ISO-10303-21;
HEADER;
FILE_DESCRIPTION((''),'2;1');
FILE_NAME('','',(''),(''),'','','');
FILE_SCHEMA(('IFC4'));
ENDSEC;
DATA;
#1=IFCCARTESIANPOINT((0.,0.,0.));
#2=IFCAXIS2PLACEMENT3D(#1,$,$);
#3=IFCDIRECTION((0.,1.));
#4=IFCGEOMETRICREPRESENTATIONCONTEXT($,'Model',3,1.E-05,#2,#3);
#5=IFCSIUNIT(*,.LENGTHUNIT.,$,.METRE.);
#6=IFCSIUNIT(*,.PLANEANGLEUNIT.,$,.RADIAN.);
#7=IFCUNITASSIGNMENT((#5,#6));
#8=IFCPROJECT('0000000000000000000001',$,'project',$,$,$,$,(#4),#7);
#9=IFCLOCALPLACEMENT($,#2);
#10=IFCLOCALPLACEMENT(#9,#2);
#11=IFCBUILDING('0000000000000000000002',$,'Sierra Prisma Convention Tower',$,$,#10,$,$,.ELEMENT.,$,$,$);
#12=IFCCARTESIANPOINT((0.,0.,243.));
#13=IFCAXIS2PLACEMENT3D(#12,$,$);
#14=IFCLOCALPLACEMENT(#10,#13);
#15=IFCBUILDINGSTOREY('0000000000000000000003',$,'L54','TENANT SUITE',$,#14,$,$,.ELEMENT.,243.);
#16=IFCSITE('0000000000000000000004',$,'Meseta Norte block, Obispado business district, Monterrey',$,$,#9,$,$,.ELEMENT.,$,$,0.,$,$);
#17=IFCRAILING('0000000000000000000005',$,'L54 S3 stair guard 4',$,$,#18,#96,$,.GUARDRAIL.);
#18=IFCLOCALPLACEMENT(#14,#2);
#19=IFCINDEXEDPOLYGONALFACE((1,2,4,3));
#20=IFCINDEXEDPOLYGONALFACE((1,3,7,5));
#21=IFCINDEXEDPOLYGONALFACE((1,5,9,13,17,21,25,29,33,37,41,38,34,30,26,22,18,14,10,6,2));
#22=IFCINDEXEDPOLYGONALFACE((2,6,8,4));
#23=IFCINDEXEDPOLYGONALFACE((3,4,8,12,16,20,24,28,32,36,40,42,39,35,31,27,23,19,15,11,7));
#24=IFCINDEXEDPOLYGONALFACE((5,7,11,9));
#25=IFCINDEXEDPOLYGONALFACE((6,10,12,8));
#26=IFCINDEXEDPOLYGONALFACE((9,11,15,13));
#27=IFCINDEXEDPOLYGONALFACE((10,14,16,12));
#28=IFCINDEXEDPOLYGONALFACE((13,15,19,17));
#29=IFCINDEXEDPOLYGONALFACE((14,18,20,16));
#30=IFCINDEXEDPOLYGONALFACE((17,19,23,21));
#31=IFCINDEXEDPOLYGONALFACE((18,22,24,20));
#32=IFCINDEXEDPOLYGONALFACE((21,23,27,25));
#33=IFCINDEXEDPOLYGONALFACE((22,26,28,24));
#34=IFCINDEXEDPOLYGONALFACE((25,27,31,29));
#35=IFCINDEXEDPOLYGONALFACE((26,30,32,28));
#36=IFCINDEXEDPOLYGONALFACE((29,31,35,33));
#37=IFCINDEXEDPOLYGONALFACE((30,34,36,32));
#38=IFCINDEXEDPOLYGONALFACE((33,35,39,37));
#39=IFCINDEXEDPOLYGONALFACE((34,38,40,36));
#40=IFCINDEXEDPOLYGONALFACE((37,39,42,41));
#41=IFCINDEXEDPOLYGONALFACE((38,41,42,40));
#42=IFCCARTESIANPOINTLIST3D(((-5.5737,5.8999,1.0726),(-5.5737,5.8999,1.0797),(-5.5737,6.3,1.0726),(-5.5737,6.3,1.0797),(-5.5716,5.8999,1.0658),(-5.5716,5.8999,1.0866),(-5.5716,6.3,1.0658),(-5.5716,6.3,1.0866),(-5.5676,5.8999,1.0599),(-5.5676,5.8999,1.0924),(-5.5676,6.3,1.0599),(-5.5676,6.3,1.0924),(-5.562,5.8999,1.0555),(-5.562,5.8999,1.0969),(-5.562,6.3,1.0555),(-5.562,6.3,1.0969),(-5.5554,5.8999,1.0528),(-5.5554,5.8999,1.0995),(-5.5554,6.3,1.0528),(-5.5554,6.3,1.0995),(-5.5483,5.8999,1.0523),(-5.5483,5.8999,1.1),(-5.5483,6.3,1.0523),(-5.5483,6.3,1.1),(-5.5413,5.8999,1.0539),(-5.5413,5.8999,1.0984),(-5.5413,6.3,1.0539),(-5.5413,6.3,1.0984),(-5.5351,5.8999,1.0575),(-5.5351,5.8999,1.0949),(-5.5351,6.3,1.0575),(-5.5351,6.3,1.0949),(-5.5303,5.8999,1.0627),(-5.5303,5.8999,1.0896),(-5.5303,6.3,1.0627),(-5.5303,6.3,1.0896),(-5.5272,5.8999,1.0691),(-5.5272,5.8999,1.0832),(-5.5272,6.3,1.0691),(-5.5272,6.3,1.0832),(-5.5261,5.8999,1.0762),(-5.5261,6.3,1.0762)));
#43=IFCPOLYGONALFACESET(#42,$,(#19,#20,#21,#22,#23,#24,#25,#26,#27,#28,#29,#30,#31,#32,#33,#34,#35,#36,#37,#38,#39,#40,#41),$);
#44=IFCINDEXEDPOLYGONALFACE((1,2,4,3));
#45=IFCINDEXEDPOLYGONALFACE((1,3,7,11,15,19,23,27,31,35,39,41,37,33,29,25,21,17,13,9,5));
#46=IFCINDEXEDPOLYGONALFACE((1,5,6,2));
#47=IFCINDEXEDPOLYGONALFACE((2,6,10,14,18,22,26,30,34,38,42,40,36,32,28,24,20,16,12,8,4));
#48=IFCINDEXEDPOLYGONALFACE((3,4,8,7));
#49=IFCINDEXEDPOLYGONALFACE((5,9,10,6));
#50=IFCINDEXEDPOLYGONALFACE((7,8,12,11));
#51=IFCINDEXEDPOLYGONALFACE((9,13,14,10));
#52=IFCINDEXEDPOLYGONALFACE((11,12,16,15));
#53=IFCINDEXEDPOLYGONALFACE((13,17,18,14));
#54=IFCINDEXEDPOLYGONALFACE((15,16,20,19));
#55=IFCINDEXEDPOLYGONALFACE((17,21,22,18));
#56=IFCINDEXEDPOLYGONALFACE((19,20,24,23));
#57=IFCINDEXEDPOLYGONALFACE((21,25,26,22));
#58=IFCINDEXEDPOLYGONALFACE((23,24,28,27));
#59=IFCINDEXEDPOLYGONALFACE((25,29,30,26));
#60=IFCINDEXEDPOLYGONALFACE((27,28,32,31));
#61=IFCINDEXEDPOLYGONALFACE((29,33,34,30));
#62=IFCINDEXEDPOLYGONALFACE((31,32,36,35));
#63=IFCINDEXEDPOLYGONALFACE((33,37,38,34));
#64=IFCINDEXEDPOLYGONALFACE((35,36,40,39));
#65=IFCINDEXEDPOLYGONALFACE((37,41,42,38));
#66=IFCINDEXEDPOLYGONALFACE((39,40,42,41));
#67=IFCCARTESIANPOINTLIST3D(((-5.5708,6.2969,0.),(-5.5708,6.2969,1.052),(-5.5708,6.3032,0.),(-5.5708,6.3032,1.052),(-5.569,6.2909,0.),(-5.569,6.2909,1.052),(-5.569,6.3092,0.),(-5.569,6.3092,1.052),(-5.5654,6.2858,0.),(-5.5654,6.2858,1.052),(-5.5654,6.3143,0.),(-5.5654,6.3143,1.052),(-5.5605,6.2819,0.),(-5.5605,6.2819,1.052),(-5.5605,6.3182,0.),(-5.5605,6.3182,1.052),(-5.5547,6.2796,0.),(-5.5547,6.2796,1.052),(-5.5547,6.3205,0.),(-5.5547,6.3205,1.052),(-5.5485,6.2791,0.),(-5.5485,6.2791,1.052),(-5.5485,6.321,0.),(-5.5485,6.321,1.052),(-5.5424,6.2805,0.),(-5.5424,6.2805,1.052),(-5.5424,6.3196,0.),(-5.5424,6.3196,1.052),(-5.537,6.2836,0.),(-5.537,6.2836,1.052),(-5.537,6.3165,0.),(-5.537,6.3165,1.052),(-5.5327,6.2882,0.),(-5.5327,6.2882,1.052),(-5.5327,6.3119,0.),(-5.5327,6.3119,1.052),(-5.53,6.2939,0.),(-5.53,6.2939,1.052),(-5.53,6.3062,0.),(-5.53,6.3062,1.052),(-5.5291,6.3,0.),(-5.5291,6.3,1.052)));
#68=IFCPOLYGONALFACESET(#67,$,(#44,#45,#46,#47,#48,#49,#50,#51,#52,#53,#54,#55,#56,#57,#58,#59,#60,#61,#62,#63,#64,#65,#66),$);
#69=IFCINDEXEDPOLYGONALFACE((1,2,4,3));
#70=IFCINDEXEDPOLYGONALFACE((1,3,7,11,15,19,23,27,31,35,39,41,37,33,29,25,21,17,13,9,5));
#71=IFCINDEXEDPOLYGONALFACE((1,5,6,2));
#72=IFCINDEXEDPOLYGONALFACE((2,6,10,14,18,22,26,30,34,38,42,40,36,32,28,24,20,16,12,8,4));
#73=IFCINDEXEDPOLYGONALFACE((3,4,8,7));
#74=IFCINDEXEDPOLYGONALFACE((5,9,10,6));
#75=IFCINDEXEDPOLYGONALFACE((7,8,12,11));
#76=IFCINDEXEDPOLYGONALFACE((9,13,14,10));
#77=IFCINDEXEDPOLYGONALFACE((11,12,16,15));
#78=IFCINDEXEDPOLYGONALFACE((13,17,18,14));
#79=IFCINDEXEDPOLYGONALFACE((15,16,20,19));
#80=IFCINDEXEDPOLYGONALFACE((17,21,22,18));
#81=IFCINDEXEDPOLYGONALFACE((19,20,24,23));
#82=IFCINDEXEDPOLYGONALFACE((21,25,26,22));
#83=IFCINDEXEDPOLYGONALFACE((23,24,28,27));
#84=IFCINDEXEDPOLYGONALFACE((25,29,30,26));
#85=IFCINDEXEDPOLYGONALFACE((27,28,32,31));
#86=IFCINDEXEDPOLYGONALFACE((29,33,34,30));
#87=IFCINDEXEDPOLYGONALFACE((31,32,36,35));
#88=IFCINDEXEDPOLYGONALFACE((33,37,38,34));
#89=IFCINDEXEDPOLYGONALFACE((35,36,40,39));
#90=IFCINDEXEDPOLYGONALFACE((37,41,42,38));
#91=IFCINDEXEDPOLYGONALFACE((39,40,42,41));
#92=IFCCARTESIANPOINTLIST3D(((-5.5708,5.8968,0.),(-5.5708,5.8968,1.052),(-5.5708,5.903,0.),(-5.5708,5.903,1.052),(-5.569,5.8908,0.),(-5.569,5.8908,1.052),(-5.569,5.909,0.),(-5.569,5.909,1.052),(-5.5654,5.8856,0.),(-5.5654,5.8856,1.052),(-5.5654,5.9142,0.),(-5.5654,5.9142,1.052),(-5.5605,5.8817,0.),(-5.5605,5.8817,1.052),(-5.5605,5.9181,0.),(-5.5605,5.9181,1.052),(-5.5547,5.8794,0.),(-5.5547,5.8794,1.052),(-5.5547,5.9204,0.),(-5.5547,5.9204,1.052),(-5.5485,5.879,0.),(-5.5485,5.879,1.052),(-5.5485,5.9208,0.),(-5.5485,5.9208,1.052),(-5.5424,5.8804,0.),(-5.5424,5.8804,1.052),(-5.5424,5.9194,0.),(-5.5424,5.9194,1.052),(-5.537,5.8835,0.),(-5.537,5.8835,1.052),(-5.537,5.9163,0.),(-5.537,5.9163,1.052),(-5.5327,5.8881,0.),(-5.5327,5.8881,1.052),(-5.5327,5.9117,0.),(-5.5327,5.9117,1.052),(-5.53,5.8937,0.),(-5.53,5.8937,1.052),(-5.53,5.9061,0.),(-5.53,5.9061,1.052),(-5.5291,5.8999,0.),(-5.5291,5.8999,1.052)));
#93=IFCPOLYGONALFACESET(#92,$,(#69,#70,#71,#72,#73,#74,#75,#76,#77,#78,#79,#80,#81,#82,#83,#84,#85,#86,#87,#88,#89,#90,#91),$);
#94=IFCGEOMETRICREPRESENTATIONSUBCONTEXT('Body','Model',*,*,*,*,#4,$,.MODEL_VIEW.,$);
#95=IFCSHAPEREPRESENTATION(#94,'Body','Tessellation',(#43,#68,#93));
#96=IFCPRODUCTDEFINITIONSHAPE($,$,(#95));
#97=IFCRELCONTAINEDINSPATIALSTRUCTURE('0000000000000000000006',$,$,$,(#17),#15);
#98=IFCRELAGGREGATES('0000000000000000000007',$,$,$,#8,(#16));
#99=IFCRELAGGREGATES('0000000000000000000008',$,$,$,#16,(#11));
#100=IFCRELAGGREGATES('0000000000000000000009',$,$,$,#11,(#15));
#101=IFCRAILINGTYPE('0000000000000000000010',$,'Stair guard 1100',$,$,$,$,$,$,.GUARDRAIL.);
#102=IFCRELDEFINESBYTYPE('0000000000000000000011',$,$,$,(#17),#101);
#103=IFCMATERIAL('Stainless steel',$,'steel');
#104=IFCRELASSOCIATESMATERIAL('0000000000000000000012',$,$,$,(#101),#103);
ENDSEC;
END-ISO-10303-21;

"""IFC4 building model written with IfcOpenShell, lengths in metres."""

from ifc_helpers import new_model, si_unit, direction, frame, origin, origin_2d, place, context, subcontext, project, spatial, circle, extrude, material, type_object, element, save


model = new_model("IFC4")

# Units and contexts
model_context = context("Model", 3, precision=1e-05, world=origin(), true_north=direction((0.0, 1.0)))
body_context = subcontext(model_context, "Body", "Model", "MODEL_VIEW")
ifc_project = project(units=[si_unit("LENGTHUNIT", "METRE"), si_unit("PLANEANGLEUNIT", "RADIAN")], contexts=[model_context])

# Site, building, storey
site_placement = place(None, origin())
site = spatial("IfcSite", under=ifc_project, at=site_placement, Name="Meseta Norte block, Obispado business district, Monterrey", CompositionType="ELEMENT", RefElevation=0.0)
building_placement = place(site_placement, origin())
building = spatial("IfcBuilding", under=site, at=building_placement, Name="Sierra Prisma Convention Tower", CompositionType="ELEMENT")
storey_placement = place(building_placement, frame((0.0, 0.0, 243.0)))
storey = spatial("IfcBuildingStorey", under=building, at=storey_placement, Name="L54", Description="TENANT SUITE", CompositionType="ELEMENT", Elevation=243.0)

# Railing
ifc_material_1 = material(Name="Stainless steel", Category="steel")
railing_type_1 = type_object("IfcRailingType", Name="Stair guard 1100", PredefinedType="GUARDRAIL", material=ifc_material_1)
railing_1_placement = place(storey_placement, frame((-5.55, 6.3, 0.0)))
element("IfcRailing", 1, at=railing_1_placement, inside=storey, type_object=railing_type_1, Name="L54 S3 stair guard 4", PredefinedType="GUARDRAIL", context=body_context, shape_type="SweptSolid", body=[
    extrude(circle(Radius=0.0239, at=origin_2d()), frame((0.0, 0.0, 1.0762), z_axis=(0.0, -1.0, 0.0), x_axis=(1.0, 0.0, 0.0)), (0.0, 0.0, 1.0), 0.4001),
    extrude(circle(Radius=0.021, at=origin_2d()), origin(), (0.0, 0.0, 1.0), 1.052),
    extrude(circle(Radius=0.021, at=origin_2d()), frame((0.0, -0.4001, 0.0)), (0.0, 0.0, 1.0), 1.052),
])

save(model, "model.ifc")
